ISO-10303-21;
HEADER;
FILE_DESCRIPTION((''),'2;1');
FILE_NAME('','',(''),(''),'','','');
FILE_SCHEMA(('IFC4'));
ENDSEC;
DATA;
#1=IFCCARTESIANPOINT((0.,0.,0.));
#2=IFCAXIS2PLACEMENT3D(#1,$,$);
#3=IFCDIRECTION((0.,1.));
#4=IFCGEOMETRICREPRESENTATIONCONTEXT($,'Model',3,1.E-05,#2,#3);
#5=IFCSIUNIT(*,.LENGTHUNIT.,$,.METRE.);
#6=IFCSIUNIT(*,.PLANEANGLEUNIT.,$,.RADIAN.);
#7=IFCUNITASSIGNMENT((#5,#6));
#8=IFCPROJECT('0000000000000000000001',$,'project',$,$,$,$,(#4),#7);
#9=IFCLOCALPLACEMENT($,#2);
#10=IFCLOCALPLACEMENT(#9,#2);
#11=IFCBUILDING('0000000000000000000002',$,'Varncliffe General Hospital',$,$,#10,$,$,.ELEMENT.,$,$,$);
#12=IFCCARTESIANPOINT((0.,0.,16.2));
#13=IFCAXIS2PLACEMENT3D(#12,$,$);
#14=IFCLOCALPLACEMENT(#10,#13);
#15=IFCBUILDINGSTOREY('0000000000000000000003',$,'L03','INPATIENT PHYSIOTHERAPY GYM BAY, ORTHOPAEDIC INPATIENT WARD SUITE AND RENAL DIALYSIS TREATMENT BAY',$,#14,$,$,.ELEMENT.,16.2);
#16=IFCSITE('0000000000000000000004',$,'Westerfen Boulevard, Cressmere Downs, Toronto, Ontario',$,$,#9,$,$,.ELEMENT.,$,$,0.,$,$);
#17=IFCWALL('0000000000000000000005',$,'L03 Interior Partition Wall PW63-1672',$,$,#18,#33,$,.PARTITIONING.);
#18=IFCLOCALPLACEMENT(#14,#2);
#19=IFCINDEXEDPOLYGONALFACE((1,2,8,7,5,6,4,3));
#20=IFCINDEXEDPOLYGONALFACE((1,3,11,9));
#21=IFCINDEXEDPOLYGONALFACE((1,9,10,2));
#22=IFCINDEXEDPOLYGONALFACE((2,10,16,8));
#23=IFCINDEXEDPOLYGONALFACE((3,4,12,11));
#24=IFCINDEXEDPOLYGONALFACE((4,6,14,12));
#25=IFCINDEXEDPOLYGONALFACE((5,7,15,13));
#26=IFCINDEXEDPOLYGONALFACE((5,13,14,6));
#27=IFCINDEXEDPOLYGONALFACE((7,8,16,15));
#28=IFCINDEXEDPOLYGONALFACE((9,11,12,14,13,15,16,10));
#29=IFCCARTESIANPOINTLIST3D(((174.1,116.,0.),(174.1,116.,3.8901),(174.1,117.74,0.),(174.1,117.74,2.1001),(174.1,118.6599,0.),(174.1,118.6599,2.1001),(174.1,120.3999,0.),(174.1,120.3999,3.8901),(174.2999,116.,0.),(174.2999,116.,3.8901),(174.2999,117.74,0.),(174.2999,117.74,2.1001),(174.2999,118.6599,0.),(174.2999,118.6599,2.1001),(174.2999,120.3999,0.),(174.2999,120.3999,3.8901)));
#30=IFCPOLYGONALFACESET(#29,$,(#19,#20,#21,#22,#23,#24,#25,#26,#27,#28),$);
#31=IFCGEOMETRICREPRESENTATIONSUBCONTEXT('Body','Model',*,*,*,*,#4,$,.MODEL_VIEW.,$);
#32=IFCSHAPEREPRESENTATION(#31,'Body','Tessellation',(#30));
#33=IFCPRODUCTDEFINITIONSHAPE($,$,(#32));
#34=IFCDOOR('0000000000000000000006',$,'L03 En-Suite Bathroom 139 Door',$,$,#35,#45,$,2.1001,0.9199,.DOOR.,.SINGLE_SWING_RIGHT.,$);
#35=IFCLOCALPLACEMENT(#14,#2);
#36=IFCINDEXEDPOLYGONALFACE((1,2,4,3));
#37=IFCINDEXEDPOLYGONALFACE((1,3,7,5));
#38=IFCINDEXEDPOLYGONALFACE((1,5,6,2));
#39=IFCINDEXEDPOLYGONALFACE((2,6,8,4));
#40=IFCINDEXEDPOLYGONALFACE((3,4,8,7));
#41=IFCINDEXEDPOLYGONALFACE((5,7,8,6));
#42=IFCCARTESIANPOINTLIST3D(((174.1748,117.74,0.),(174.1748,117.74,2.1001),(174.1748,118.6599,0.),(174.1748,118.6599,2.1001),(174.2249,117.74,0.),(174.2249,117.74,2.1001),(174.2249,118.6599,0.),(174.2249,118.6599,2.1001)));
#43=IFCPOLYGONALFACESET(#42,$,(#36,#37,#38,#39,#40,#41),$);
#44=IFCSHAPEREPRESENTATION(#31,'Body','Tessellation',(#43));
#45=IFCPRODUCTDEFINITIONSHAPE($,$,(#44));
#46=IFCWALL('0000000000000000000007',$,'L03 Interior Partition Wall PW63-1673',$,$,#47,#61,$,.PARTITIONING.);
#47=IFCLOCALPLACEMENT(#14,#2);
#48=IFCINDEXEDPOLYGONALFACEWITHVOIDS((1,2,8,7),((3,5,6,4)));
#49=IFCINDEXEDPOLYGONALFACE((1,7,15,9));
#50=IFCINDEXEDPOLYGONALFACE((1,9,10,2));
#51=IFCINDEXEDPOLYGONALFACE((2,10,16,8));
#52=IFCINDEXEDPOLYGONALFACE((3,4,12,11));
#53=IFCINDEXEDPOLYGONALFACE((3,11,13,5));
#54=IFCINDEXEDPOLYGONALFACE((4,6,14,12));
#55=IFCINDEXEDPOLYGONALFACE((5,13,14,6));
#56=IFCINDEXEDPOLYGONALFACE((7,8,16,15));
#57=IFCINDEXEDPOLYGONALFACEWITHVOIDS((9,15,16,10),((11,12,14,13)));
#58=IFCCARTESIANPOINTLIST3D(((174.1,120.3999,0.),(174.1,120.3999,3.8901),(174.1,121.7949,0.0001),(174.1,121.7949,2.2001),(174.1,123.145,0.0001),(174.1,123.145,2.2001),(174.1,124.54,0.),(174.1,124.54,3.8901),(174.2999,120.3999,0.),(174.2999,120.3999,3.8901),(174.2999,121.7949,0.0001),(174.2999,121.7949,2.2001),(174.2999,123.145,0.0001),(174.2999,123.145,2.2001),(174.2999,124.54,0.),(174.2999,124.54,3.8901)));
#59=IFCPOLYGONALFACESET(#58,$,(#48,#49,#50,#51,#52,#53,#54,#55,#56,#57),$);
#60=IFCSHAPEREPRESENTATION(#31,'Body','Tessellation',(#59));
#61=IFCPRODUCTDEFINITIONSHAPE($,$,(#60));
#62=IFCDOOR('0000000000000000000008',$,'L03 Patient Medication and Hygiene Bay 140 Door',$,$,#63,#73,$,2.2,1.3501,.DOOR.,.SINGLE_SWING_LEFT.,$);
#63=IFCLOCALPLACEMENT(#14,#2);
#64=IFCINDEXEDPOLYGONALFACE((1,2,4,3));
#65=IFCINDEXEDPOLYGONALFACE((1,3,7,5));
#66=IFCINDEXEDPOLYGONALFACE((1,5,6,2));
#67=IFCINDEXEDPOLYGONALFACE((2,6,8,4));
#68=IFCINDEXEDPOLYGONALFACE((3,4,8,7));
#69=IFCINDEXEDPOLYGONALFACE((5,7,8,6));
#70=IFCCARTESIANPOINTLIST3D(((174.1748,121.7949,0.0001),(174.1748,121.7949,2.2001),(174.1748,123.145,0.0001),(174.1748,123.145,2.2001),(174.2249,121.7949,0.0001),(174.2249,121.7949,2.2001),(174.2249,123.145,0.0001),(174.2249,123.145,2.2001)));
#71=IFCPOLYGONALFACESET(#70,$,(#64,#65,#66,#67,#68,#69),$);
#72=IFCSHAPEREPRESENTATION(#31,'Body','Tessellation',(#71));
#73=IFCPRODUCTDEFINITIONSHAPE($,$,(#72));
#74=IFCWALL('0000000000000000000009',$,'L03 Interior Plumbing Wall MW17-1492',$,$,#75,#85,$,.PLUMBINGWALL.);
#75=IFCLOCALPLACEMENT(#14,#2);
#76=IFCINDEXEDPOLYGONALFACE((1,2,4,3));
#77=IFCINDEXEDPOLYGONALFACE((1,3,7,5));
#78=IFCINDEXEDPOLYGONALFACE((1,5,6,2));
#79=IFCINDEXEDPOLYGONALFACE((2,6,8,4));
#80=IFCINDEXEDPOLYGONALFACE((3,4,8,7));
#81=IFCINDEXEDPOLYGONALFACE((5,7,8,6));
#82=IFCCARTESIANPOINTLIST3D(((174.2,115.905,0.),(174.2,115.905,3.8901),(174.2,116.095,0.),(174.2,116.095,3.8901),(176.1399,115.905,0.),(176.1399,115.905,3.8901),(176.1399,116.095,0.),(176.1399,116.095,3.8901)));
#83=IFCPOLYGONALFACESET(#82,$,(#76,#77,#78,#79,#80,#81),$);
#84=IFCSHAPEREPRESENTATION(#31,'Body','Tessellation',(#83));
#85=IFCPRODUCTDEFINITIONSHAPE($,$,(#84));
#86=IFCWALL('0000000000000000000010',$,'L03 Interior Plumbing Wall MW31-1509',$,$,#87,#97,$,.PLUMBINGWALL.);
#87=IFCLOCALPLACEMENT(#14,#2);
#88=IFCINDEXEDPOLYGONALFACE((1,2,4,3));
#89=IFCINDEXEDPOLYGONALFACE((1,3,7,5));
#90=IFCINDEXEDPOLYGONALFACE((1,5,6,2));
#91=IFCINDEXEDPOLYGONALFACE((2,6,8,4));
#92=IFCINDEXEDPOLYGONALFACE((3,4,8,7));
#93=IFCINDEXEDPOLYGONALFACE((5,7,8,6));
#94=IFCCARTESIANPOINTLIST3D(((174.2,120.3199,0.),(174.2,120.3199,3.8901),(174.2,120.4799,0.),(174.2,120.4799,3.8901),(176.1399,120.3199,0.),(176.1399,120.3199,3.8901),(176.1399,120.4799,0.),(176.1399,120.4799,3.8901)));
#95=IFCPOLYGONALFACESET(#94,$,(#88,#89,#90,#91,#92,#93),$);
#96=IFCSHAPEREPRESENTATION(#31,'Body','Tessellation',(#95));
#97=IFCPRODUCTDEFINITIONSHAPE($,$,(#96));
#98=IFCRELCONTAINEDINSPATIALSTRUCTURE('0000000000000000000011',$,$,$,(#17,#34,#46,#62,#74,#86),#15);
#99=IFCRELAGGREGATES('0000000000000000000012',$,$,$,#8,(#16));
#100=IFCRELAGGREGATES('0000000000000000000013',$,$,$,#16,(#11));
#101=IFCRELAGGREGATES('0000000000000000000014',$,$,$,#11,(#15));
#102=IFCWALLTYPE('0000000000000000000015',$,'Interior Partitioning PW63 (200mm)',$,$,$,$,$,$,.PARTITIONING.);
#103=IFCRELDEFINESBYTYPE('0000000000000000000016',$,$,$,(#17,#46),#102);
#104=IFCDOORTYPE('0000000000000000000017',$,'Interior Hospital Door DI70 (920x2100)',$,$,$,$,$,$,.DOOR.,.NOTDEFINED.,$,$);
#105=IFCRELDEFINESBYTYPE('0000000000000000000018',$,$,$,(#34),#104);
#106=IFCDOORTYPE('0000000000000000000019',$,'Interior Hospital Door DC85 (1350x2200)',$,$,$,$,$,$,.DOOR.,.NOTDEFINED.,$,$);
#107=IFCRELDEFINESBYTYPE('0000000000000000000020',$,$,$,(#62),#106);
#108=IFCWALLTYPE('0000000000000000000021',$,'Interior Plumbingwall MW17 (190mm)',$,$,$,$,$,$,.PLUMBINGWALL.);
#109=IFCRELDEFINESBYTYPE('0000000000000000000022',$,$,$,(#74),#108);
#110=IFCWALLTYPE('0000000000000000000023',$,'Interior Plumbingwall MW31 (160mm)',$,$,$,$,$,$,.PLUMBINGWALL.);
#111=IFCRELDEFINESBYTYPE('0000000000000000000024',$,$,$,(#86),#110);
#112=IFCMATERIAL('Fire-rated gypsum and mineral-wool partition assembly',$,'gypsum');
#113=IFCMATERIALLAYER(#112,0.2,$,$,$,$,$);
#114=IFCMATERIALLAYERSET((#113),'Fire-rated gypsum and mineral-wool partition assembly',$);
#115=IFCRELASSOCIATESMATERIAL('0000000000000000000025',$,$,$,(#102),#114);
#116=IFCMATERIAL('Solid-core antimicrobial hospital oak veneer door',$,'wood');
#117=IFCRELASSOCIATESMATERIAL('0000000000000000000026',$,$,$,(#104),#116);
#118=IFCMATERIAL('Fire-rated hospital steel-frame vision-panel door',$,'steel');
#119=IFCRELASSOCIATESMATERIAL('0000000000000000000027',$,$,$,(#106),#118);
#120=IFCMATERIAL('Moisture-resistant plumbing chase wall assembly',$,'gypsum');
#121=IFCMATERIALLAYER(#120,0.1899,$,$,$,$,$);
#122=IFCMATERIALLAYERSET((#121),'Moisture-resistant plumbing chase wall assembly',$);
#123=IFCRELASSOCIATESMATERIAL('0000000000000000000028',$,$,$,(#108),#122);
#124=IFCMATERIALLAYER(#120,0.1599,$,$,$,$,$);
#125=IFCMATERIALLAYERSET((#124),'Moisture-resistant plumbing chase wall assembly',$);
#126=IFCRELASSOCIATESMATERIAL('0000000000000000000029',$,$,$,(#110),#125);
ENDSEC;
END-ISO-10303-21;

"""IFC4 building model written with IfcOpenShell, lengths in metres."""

from ifc_helpers import new_model, si_unit, direction, frame, frame_2d, origin, place, context, subcontext, project, spatial, rectangle, extrude, material, layer, layer_set, type_object, element, fill, save


model = new_model("IFC4")

# Units and contexts
model_context = context("Model", 3, precision=1e-05, world=origin(), true_north=direction((0.0, 1.0)))
body_context = subcontext(model_context, "Body", "Model", "MODEL_VIEW")
ifc_project = project(units=[si_unit("LENGTHUNIT", "METRE"), si_unit("PLANEANGLEUNIT", "RADIAN")], contexts=[model_context])

# Site, building, storey
site_placement = place(None, origin())
site = spatial("IfcSite", under=ifc_project, at=site_placement, Name="Westerfen Boulevard, Cressmere Downs, Toronto, Ontario", CompositionType="ELEMENT", RefElevation=0.0)
building_placement = place(site_placement, origin())
building = spatial("IfcBuilding", under=site, at=building_placement, Name="Varncliffe General Hospital", CompositionType="ELEMENT")
storey_placement = place(building_placement, frame((0.0, 0.0, 16.2)))
storey = spatial("IfcBuildingStorey", under=building, at=storey_placement, Name="L03", Description="INPATIENT PHYSIOTHERAPY GYM BAY, ORTHOPAEDIC INPATIENT WARD SUITE AND RENAL DIALYSIS TREATMENT BAY", CompositionType="ELEMENT", Elevation=16.2)

# Walls, openings, doors
ifc_material_1 = material(Name="Fire-rated gypsum and mineral-wool partition assembly", Category="gypsum")
ifc_layer_1 = layer(ifc_material_1, 0.2)
ifc_layer_set_1 = layer_set([ifc_layer_1], Name="Fire-rated gypsum and mineral-wool partition assembly")
wall_type_1 = type_object("IfcWallType", Name="Interior Partitioning PW63 (200mm)", PredefinedType="PARTITIONING", material=ifc_layer_set_1)
ifc_material_2 = material(Name="Fire-rated hospital steel-frame vision-panel door", Category="steel")
wall_1_placement = place(storey_placement, frame((174.2, 116.0, 0.0), z_axis=(0.0, 0.0, 1.0), x_axis=(0.0, 1.0, 0.0)))
wall_1 = element("IfcWall", 1, at=wall_1_placement, inside=storey, type_object=wall_type_1, Name="L03 Interior Partition Wall PW63-1672", PredefinedType="PARTITIONING", context=body_context, shape_type="SweptSolid", body=[
    extrude(rectangle(XDim=4.3999, YDim=0.2, at=frame_2d((2.2, 0.0))), origin(), (0.0, 0.0, 1.0), 3.8901),
])
opening_1_placement = place(wall_1_placement, frame((1.74, 0.0, 0.0)))
opening_1 = element("IfcOpeningElement", 2, at=opening_1_placement, cuts=wall_1, PredefinedType="OPENING", context=body_context, shape_type="SweptSolid", body=[
    extrude(rectangle(XDim=0.9199, YDim=2.1001, at=frame_2d((0.46, 1.05))), frame((0.0, 0.1099, 0.0), z_axis=(0.0, -1.0, 0.0), x_axis=(1.0, 0.0, 0.0)), (0.0, 0.0, 1.0), 0.22),
])
ifc_material_3 = material(Name="Solid-core antimicrobial hospital oak veneer door", Category="wood")
door_type_1 = type_object("IfcDoorType", Name="Interior Hospital Door DI70 (920x2100)", OperationType="NOTDEFINED", PredefinedType="DOOR", material=ifc_material_3)
door_1_placement = place(opening_1_placement, frame((0.9199, 0.0, 0.0), z_axis=(0.0, 0.0, 1.0), x_axis=(-1.0, 0.0, 0.0)))
door_1 = element("IfcDoor", 3, at=door_1_placement, inside=storey, type_object=door_type_1, Name="L03 En-Suite Bathroom 139 Door", OperationType="SINGLE_SWING_RIGHT", OverallHeight=2.1001, OverallWidth=0.9199, PredefinedType="DOOR", context=body_context, shape_type="SweptSolid", body=[
    extrude(rectangle(XDim=0.9199, YDim=2.1001, at=frame_2d((0.46, 1.05))), frame((0.0, 0.0249, 0.0), z_axis=(0.0, -1.0, 0.0), x_axis=(1.0, 0.0, 0.0)), (0.0, 0.0, 1.0), 0.05),
])
fill(opening_1, door_1)
wall_2_placement = place(storey_placement, frame((174.2, 120.3999, 0.0), z_axis=(0.0, 0.0, 1.0), x_axis=(0.0, 1.0, 0.0)))
wall_2 = element("IfcWall", 4, at=wall_2_placement, inside=storey, type_object=wall_type_1, Name="L03 Interior Partition Wall PW63-1673", PredefinedType="PARTITIONING", context=body_context, shape_type="SweptSolid", body=[
    extrude(rectangle(XDim=4.1401, YDim=0.2, at=frame_2d((2.0701, 0.0))), origin(), (0.0, 0.0, 1.0), 3.8901),
])
opening_2_placement = place(wall_2_placement, frame((1.395, 0.0, 0.0)))
opening_2 = element("IfcOpeningElement", 5, at=opening_2_placement, cuts=wall_2, PredefinedType="OPENING", context=body_context, shape_type="SweptSolid", body=[
    extrude(rectangle(XDim=1.3501, YDim=2.2, at=frame_2d((0.675, 1.1001))), frame((0.0, 0.1099, 0.0), z_axis=(0.0, -1.0, 0.0), x_axis=(1.0, 0.0, 0.0)), (0.0, 0.0, 1.0), 0.22),
])
door_type_2 = type_object("IfcDoorType", Name="Interior Hospital Door DC85 (1350x2200)", OperationType="NOTDEFINED", PredefinedType="DOOR", material=ifc_material_2)
door_2_placement = place(opening_2_placement, frame((1.3501, 0.0, 0.0), z_axis=(0.0, 0.0, 1.0), x_axis=(-1.0, 0.0, 0.0)))
door_2 = element("IfcDoor", 6, at=door_2_placement, inside=storey, type_object=door_type_2, Name="L03 Patient Medication and Hygiene Bay 140 Door", OperationType="SINGLE_SWING_LEFT", OverallHeight=2.2, OverallWidth=1.3501, PredefinedType="DOOR", context=body_context, shape_type="SweptSolid", body=[
    extrude(rectangle(XDim=1.3501, YDim=2.2, at=frame_2d((0.675, 1.1001))), frame((0.0, 0.0249, 0.0), z_axis=(0.0, -1.0, 0.0), x_axis=(1.0, 0.0, 0.0)), (0.0, 0.0, 1.0), 0.05),
])
fill(opening_2, door_2)

# Walls
ifc_material_4 = material(Name="Moisture-resistant plumbing chase wall assembly", Category="gypsum")
ifc_layer_2 = layer(ifc_material_4, 0.1899)
ifc_layer_set_2 = layer_set([ifc_layer_2], Name="Moisture-resistant plumbing chase wall assembly")
wall_type_2 = type_object("IfcWallType", Name="Interior Plumbingwall MW17 (190mm)", PredefinedType="PLUMBINGWALL", material=ifc_layer_set_2)
wall_3_placement = place(storey_placement, frame((174.2, 116.0, 0.0), z_axis=(0.0, 0.0, 1.0), x_axis=(1.0, 0.0, 0.0)))
element("IfcWall", 7, at=wall_3_placement, inside=storey, type_object=wall_type_2, Name="L03 Interior Plumbing Wall MW17-1492", PredefinedType="PLUMBINGWALL", context=body_context, shape_type="SweptSolid", body=[
    extrude(rectangle(XDim=1.9399, YDim=0.1899, at=frame_2d((0.97, 0.0))), origin(), (0.0, 0.0, 1.0), 3.8901),
])
ifc_layer_3 = layer(ifc_material_4, 0.1599)
ifc_layer_set_3 = layer_set([ifc_layer_3], Name="Moisture-resistant plumbing chase wall assembly")
wall_type_3 = type_object("IfcWallType", Name="Interior Plumbingwall MW31 (160mm)", PredefinedType="PLUMBINGWALL", material=ifc_layer_set_3)
wall_4_placement = place(storey_placement, frame((174.2, 120.3999, 0.0), z_axis=(0.0, 0.0, 1.0), x_axis=(1.0, 0.0, 0.0)))
element("IfcWall", 8, at=wall_4_placement, inside=storey, type_object=wall_type_3, Name="L03 Interior Plumbing Wall MW31-1509", PredefinedType="PLUMBINGWALL", context=body_context, shape_type="SweptSolid", body=[
    extrude(rectangle(XDim=1.9399, YDim=0.1599, at=frame_2d((0.97, 0.0))), origin(), (0.0, 0.0, 1.0), 3.8901),
])

save(model, "model.ifc")
